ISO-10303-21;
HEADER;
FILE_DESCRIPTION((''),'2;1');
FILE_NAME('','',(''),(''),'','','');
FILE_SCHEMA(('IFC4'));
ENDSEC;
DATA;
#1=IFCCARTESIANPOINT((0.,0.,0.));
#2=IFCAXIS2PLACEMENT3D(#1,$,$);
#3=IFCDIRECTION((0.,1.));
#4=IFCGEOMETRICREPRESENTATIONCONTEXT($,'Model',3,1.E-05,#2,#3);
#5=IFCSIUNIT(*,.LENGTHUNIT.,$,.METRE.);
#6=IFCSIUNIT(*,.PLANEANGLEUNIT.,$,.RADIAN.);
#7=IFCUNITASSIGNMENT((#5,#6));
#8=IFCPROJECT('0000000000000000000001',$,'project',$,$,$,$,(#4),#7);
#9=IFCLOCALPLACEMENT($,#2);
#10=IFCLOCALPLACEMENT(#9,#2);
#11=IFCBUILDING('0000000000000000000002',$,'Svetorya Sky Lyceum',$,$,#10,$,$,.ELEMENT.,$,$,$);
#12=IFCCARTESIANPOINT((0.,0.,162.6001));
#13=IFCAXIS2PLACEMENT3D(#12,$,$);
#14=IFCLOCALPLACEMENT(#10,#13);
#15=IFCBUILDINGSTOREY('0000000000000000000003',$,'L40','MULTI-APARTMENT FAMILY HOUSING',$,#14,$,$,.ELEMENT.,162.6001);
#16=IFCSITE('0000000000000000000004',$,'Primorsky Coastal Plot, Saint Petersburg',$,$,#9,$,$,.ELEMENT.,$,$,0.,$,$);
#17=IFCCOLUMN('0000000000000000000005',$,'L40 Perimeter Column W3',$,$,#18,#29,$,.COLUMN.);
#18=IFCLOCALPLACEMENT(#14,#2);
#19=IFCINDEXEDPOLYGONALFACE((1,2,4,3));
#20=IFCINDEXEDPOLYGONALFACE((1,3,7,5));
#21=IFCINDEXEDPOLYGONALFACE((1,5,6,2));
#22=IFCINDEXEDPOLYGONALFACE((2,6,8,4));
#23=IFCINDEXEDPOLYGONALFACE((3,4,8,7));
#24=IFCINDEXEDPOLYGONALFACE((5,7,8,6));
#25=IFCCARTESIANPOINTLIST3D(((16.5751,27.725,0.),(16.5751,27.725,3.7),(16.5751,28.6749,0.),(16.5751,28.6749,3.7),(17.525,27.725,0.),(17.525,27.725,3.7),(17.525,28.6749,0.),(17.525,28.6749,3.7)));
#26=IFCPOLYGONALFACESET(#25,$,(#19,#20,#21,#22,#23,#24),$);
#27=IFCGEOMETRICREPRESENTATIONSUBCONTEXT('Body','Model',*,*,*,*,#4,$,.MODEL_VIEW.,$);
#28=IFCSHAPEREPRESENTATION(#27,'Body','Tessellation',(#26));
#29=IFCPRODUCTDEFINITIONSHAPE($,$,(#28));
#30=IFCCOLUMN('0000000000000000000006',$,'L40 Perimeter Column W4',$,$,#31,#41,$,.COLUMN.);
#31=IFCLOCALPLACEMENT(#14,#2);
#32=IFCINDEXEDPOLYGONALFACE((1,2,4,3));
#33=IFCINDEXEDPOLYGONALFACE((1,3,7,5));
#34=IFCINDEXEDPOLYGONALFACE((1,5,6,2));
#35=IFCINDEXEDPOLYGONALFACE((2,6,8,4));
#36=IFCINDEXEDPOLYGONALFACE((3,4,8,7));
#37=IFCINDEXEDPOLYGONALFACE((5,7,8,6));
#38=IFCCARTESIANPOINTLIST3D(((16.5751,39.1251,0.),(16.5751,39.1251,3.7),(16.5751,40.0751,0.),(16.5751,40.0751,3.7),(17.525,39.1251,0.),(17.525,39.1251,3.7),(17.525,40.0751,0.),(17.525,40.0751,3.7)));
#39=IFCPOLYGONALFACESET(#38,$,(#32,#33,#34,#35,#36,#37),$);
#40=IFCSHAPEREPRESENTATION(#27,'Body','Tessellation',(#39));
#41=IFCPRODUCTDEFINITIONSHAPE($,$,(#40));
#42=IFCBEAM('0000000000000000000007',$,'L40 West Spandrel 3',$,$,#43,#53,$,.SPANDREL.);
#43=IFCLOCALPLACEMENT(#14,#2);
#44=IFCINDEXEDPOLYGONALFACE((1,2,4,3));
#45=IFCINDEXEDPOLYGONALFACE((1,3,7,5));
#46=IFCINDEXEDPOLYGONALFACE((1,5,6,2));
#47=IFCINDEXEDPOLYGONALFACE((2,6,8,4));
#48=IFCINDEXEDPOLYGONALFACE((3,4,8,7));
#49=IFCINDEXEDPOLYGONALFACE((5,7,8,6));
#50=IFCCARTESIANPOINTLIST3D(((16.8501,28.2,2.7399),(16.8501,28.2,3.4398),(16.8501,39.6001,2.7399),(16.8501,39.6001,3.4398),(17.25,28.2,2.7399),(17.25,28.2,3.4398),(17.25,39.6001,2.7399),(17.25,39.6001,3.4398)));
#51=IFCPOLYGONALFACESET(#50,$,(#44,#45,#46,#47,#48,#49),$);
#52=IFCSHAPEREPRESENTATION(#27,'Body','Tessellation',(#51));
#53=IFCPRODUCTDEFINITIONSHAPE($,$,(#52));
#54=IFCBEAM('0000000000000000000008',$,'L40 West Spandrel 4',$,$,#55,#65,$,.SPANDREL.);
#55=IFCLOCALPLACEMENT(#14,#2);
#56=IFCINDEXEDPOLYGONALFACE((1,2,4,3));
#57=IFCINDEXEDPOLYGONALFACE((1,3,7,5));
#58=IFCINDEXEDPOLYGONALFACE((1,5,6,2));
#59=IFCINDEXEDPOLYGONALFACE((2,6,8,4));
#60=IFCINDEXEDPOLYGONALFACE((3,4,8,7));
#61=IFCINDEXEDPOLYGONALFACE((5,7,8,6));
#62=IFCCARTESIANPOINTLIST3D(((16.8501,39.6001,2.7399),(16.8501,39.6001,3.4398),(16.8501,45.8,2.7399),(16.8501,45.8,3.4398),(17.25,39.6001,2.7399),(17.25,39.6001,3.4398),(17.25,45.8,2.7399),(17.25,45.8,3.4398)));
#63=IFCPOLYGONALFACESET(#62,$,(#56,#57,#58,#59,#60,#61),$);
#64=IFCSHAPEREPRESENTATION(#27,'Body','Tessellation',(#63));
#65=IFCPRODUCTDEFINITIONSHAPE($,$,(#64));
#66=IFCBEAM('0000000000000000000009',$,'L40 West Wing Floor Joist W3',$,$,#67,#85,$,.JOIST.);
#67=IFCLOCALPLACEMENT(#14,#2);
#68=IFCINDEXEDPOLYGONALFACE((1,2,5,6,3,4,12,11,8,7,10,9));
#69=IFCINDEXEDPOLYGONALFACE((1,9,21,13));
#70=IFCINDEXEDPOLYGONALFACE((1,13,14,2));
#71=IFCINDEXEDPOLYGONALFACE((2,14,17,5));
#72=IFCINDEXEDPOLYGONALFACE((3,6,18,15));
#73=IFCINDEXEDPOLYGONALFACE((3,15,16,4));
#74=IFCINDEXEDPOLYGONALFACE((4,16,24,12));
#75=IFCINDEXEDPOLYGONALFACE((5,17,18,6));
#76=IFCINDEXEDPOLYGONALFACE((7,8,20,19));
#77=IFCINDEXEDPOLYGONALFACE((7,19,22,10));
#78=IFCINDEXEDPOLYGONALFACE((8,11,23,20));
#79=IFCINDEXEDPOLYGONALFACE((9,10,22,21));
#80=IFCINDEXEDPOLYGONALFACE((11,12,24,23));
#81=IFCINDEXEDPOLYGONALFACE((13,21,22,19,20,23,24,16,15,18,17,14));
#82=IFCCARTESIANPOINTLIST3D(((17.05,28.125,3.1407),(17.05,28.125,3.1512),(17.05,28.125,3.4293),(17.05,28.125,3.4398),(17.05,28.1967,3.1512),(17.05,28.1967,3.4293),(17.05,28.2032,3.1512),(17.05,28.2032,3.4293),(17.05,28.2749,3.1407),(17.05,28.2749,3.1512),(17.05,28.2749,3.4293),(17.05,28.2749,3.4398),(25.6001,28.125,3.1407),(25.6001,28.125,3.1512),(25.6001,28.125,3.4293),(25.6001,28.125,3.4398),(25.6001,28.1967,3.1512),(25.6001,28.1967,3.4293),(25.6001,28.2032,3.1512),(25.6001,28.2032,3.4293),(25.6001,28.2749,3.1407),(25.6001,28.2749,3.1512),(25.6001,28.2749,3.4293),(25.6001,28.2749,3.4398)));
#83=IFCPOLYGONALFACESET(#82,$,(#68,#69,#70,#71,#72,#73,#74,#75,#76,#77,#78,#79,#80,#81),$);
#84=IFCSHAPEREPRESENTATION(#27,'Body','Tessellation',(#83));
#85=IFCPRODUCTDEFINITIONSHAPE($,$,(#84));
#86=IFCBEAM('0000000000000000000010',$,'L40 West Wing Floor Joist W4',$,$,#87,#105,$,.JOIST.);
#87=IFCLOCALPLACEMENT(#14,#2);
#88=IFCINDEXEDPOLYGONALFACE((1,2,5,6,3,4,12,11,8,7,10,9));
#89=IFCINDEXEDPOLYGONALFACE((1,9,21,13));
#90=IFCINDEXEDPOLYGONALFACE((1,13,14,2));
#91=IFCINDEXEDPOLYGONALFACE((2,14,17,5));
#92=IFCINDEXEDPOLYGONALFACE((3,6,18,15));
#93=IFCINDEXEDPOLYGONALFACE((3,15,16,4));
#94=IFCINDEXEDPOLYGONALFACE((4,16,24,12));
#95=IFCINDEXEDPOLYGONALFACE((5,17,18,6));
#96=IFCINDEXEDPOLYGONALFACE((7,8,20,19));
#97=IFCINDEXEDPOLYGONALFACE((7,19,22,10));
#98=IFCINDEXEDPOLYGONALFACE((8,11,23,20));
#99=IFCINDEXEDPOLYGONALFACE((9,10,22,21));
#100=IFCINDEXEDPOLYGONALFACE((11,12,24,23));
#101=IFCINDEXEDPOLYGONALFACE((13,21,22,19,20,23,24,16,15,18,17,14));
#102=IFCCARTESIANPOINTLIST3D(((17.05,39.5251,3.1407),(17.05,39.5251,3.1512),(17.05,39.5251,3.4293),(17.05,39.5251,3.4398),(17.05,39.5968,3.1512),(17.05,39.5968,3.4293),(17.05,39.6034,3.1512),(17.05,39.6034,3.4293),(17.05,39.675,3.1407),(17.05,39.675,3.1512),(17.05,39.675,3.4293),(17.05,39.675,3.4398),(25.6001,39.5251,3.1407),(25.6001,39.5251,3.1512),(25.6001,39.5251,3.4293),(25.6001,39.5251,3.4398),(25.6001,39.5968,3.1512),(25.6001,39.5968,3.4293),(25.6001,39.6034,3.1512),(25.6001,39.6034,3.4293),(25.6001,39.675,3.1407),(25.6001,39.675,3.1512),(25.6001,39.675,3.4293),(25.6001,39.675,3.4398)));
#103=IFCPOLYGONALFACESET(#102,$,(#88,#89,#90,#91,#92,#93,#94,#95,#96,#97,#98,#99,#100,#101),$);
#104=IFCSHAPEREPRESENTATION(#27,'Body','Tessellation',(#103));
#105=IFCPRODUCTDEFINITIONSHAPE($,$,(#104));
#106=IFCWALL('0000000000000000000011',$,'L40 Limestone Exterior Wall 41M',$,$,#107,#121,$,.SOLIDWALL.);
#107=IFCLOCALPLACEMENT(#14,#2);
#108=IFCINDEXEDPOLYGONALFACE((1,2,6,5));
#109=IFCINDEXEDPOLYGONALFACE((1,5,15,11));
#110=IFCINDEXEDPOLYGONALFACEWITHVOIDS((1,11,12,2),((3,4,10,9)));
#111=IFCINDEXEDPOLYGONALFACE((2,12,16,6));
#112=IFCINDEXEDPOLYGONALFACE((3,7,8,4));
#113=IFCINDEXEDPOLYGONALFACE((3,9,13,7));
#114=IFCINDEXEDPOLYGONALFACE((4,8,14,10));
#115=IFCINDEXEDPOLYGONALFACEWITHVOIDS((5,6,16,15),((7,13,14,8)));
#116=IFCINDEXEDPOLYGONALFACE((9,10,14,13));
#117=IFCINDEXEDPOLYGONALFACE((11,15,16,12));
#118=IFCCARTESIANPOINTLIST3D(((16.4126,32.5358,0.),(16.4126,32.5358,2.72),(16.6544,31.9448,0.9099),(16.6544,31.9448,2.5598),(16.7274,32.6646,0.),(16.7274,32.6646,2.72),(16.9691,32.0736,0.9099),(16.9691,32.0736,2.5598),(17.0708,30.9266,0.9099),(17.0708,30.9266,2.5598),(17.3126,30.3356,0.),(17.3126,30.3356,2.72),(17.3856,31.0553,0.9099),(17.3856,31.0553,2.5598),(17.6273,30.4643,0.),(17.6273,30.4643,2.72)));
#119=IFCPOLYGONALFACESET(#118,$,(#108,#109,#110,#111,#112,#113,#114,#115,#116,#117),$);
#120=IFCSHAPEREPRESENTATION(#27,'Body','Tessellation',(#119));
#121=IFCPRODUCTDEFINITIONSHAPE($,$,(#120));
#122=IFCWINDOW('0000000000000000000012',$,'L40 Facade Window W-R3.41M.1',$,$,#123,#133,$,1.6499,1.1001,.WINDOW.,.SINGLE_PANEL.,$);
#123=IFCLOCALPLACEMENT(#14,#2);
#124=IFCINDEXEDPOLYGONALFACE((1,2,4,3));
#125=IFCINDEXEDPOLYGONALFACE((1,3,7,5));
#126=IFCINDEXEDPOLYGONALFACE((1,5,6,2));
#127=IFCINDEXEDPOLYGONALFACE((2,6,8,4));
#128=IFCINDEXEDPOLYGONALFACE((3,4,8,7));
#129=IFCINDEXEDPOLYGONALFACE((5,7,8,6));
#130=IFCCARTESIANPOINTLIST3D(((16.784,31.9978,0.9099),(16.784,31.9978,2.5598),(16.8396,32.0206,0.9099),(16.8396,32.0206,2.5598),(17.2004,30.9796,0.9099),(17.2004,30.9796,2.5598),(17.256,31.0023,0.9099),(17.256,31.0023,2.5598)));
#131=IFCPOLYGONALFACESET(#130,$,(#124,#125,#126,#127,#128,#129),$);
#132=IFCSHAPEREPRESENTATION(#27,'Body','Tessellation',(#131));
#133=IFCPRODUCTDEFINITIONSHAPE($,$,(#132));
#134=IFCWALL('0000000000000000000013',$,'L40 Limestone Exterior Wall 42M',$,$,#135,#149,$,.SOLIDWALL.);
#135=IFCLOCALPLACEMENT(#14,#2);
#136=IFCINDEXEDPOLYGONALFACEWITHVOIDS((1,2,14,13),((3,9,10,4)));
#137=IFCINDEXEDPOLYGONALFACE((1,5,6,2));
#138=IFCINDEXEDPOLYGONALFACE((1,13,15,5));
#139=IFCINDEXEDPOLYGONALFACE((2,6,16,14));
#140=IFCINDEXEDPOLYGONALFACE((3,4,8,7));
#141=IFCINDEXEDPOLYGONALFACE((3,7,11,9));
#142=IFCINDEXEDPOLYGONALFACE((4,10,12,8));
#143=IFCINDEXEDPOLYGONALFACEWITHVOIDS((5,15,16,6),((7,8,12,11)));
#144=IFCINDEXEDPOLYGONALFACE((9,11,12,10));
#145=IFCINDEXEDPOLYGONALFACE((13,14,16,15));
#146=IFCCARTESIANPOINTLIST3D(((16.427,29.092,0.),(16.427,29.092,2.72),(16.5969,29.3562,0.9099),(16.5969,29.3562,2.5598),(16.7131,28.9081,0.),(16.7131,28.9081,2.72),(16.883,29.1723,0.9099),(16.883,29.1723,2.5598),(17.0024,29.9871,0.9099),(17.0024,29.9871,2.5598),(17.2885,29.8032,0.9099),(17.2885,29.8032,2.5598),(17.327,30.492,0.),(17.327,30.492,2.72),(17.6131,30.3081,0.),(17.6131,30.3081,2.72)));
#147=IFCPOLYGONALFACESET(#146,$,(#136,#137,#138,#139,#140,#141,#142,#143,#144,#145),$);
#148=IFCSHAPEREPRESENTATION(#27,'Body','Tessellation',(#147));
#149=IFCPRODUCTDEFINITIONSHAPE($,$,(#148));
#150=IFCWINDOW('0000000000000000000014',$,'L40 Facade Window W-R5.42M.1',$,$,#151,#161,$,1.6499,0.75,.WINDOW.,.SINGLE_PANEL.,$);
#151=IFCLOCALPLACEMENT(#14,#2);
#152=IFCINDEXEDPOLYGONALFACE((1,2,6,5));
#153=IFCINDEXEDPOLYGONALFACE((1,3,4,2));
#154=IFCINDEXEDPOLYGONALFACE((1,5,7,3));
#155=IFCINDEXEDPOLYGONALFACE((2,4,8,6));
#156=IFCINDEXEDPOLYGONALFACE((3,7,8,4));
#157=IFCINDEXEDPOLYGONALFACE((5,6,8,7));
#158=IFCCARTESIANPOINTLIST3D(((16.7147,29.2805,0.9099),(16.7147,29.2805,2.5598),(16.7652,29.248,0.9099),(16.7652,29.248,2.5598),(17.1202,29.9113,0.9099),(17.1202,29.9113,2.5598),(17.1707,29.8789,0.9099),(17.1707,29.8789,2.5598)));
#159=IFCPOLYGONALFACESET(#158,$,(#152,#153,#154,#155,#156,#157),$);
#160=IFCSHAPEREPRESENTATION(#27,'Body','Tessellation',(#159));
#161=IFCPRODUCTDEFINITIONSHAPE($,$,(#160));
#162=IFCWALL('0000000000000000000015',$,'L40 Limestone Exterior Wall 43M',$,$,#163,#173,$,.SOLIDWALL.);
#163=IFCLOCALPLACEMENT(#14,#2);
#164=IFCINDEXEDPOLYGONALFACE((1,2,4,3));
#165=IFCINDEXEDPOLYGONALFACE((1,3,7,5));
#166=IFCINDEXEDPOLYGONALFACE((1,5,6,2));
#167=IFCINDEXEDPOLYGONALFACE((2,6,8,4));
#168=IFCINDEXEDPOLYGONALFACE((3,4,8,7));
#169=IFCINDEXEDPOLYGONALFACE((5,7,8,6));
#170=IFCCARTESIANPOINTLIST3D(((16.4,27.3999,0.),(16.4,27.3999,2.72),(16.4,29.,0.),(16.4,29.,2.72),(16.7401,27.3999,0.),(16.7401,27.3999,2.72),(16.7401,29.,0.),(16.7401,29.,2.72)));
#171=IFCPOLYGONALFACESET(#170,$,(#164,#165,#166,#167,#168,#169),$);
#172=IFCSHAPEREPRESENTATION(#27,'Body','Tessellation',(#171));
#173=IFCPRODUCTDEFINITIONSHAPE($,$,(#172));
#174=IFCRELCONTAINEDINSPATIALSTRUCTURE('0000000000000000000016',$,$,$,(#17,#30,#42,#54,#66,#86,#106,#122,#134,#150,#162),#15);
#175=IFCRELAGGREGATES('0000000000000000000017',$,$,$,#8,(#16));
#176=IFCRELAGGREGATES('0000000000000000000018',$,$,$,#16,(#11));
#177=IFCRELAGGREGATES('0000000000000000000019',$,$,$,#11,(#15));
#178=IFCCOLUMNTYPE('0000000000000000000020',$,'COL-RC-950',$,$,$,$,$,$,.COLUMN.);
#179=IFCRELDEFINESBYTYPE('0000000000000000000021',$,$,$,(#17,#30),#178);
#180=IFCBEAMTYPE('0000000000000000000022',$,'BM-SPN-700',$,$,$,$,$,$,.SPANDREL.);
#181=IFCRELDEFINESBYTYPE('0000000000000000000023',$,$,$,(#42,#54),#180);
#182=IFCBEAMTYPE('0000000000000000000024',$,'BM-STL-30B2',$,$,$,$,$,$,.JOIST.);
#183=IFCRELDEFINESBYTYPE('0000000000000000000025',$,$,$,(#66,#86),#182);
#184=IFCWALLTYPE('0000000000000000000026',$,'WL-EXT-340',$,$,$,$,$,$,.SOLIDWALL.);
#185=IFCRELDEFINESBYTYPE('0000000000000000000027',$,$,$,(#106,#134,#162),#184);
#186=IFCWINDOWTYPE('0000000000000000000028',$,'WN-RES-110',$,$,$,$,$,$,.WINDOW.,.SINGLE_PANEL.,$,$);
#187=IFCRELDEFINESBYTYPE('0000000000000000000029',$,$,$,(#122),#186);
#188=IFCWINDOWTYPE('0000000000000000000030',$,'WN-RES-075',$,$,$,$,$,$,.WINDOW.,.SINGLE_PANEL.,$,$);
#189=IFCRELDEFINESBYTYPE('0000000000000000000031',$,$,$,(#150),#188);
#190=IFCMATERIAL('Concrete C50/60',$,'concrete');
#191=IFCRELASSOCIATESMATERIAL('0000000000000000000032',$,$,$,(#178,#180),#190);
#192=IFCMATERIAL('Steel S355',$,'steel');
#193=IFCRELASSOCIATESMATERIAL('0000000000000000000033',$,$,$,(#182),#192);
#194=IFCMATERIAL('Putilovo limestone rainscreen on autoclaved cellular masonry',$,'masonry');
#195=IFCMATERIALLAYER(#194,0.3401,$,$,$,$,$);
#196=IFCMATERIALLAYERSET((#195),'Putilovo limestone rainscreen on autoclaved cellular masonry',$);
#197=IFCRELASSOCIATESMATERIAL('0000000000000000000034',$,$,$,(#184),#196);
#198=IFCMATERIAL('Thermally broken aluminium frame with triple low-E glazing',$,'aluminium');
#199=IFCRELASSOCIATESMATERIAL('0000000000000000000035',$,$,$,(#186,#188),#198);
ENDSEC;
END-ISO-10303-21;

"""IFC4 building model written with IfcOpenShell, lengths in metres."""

from ifc_helpers import new_model, si_unit, direction, frame, frame_2d, origin, origin_2d, place, context, subcontext, project, spatial, rectangle, i_section, extrude, material, layer, layer_set, material_profile, profile_set, type_object, element, fill, save


model = new_model("IFC4")

# Units and contexts
model_context = context("Model", 3, precision=1e-05, world=origin(), true_north=direction((0.0, 1.0)))
body_context = subcontext(model_context, "Body", "Model", "MODEL_VIEW")
ifc_project = project(units=[si_unit("LENGTHUNIT", "METRE"), si_unit("PLANEANGLEUNIT", "RADIAN")], contexts=[model_context])

# Site, building, storey
site_placement = place(None, origin())
site = spatial("IfcSite", under=ifc_project, at=site_placement, Name="Primorsky Coastal Plot, Saint Petersburg", CompositionType="ELEMENT", RefElevation=0.0)
building_placement = place(site_placement, origin())
building = spatial("IfcBuilding", under=site, at=building_placement, Name="Svetorya Sky Lyceum", CompositionType="ELEMENT")
storey_placement = place(building_placement, frame((0.0, 0.0, 162.6001)))
storey = spatial("IfcBuildingStorey", under=building, at=storey_placement, Name="L40", Description="MULTI-APARTMENT FAMILY HOUSING", CompositionType="ELEMENT", Elevation=162.6001)

# Columns
ifc_material_1 = material(Name="Concrete C50/60", Category="concrete")
ifc_material_profile_1 = material_profile(ifc_material_1, rectangle(XDim=0.95, YDim=0.95, at=origin_2d()), Name="RC COL 950x950")
ifc_profile_set_1 = profile_set([ifc_material_profile_1], Name="Concrete C50/60")
column_type = type_object("IfcColumnType", Name="COL-RC-950", PredefinedType="COLUMN", material=ifc_profile_set_1)
for number, where, z_axis, x_axis, name in (
    (1, (17.05, 28.2, 0.0), (0.0, 0.0, 1.0), (1.0, 0.0, 0.0), "L40 Perimeter Column W3"),
    (2, (17.05, 39.6001, 0.0), (0.0, 0.0, 1.0), (1.0, 0.0, 0.0), "L40 Perimeter Column W4"),
):
    element("IfcColumn", number, at=place(storey_placement, frame(where, z_axis=z_axis, x_axis=x_axis)), inside=storey, type_object=column_type, Name=name, PredefinedType="COLUMN", context=body_context, shape_type="SweptSolid", body=[
        extrude(rectangle(XDim=0.95, YDim=0.95, at=origin_2d()), origin(), (0.0, 0.0, 1.0), 3.7),
    ])

# Beams
ifc_material_profile_2 = material_profile(ifc_material_1, rectangle(XDim=0.3999, YDim=0.7, at=origin_2d()), Name="RC SPANDREL 400x700")
ifc_profile_set_2 = profile_set([ifc_material_profile_2], Name="Concrete C50/60")
beam_type_1 = type_object("IfcBeamType", Name="BM-SPN-700", PredefinedType="SPANDREL", material=ifc_profile_set_2)
beam_1_placement = place(storey_placement, frame((17.05, 28.2, 3.0898), z_axis=(0.0, 1.0, 0.0), x_axis=(-1.0, 0.0, 0.0)))
element("IfcBeam", 3, at=beam_1_placement, inside=storey, type_object=beam_type_1, Name="L40 West Spandrel 3", PredefinedType="SPANDREL", context=body_context, shape_type="SweptSolid", body=[
    extrude(rectangle(XDim=0.3999, YDim=0.7, at=origin_2d()), origin(), (0.0, 0.0, 1.0), 11.4001),
])
beam_2_placement = place(storey_placement, frame((17.05, 39.6001, 3.0898), z_axis=(0.0, 1.0, 0.0), x_axis=(-1.0, 0.0, 0.0)))
element("IfcBeam", 4, at=beam_2_placement, inside=storey, type_object=beam_type_1, Name="L40 West Spandrel 4", PredefinedType="SPANDREL", context=body_context, shape_type="SweptSolid", body=[
    extrude(rectangle(XDim=0.3999, YDim=0.7, at=origin_2d()), origin(), (0.0, 0.0, 1.0), 6.2),
])
ifc_material_2 = material(Name="Steel S355", Category="steel")
ifc_material_profile_3 = material_profile(ifc_material_2, i_section(OverallWidth=0.1499, OverallDepth=0.2991, WebThickness=0.0066, FlangeThickness=0.0105, at=origin_2d()), Name="GOST 30B2")
ifc_profile_set_3 = profile_set([ifc_material_profile_3], Name="Steel S355")
beam_type_2 = type_object("IfcBeamType", Name="BM-STL-30B2", PredefinedType="JOIST", material=ifc_profile_set_3)
for number, where, z_axis, x_axis, name in (
    (5, (17.05, 28.2, 3.2903), (1.0, 0.0, 0.0), (0.0, 1.0, 0.0), "L40 West Wing Floor Joist W3"),
    (6, (17.05, 39.6001, 3.2903), (1.0, 0.0, 0.0), (0.0, 1.0, 0.0), "L40 West Wing Floor Joist W4"),
):
    element("IfcBeam", number, at=place(storey_placement, frame(where, z_axis=z_axis, x_axis=x_axis)), inside=storey, type_object=beam_type_2, Name=name, PredefinedType="JOIST", context=body_context, shape_type="SweptSolid", body=[
        extrude(i_section(OverallWidth=0.1499, OverallDepth=0.2991, WebThickness=0.0066, FlangeThickness=0.0105, at=origin_2d()), origin(), (0.0, 0.0, 1.0), 8.55),
    ])

# Walls, openings, windows
ifc_material_3 = material(Name="Putilovo limestone rainscreen on autoclaved cellular masonry", Category="masonry")
ifc_layer_1 = layer(ifc_material_3, 0.3401)
ifc_layer_set_1 = layer_set([ifc_layer_1], Name="Putilovo limestone rainscreen on autoclaved cellular masonry")
wall_type_1 = type_object("IfcWallType", Name="WL-EXT-340", PredefinedType="SOLIDWALL", material=ifc_layer_set_1)
wall_1_placement = place(storey_placement, frame((16.5701, 32.6001, 0.0), z_axis=(0.0, 0.0, 1.0), x_axis=(0.378569, -0.925573, 0.0)))
wall_1 = element("IfcWall", 7, at=wall_1_placement, inside=storey, type_object=wall_type_1, Name="L40 Limestone Exterior Wall 41M", PredefinedType="SOLIDWALL", context=body_context, shape_type="SweptSolid", body=[
    extrude(rectangle(XDim=2.3772, YDim=0.3401, at=frame_2d((1.1885, 0.0))), origin(), (0.0, 0.0, 1.0), 2.72),
])
opening_1_placement = place(wall_1_placement, frame((0.6384, 0.0, 0.9099)))
opening_1 = element("IfcOpeningElement", 8, at=opening_1_placement, cuts=wall_1, PredefinedType="OPENING", context=body_context, shape_type="SweptSolid", body=[
    extrude(rectangle(XDim=1.1001, YDim=1.6499, at=frame_2d((0.55, 0.825))), frame((0.0, 0.1799, 0.0), z_axis=(0.0, -1.0, 0.0), x_axis=(1.0, 0.0, 0.0)), (0.0, 0.0, 1.0), 0.3601),
])
ifc_material_4 = material(Name="Thermally broken aluminium frame with triple low-E glazing", Category="aluminium")
window_type_1 = type_object("IfcWindowType", Name="WN-RES-110", PartitioningType="SINGLE_PANEL", PredefinedType="WINDOW", material=ifc_material_4)
window_1_placement = place(opening_1_placement, origin())
window_1 = element("IfcWindow", 9, at=window_1_placement, inside=storey, type_object=window_type_1, Name="L40 Facade Window W-R3.41M.1", OverallHeight=1.6499, OverallWidth=1.1001, PartitioningType="SINGLE_PANEL", PredefinedType="WINDOW", context=body_context, shape_type="SweptSolid", body=[
    extrude(rectangle(XDim=1.1001, YDim=1.6499, at=frame_2d((0.55, 0.825))), frame((0.0, 0.03, 0.0), z_axis=(0.0, -1.0, 0.0), x_axis=(1.0, 0.0, 0.0)), (0.0, 0.0, 1.0), 0.0601),
])
fill(opening_1, window_1)
wall_2_placement = place(storey_placement, frame((17.47, 30.3999, 0.0), z_axis=(0.0, 0.0, 1.0), x_axis=(-0.540743, -0.841188, 0.0)))
wall_2 = element("IfcWall", 10, at=wall_2_placement, inside=storey, type_object=wall_type_1, Name="L40 Limestone Exterior Wall 42M", PredefinedType="SOLIDWALL", context=body_context, shape_type="SweptSolid", body=[
    extrude(rectangle(XDim=1.6643, YDim=0.3401, at=frame_2d((0.832, 0.0))), origin(), (0.0, 0.0, 1.0), 2.72),
])
opening_2_placement = place(wall_2_placement, frame((0.6001, 0.0, 0.9099)))
opening_2 = element("IfcOpeningElement", 11, at=opening_2_placement, cuts=wall_2, PredefinedType="OPENING", context=body_context, shape_type="SweptSolid", body=[
    extrude(rectangle(XDim=0.75, YDim=1.6499, at=frame_2d((0.375, 0.825))), frame((0.0, 0.1799, 0.0), z_axis=(0.0, -1.0, 0.0), x_axis=(1.0, 0.0, 0.0)), (0.0, 0.0, 1.0), 0.3601),
])
window_type_2 = type_object("IfcWindowType", Name="WN-RES-075", PartitioningType="SINGLE_PANEL", PredefinedType="WINDOW", material=ifc_material_4)
window_2_placement = place(opening_2_placement, origin())
window_2 = element("IfcWindow", 12, at=window_2_placement, inside=storey, type_object=window_type_2, Name="L40 Facade Window W-R5.42M.1", OverallHeight=1.6499, OverallWidth=0.75, PartitioningType="SINGLE_PANEL", PredefinedType="WINDOW", context=body_context, shape_type="SweptSolid", body=[
    extrude(rectangle(XDim=0.75, YDim=1.6499, at=frame_2d((0.375, 0.825))), frame((0.0, 0.03, 0.0), z_axis=(0.0, -1.0, 0.0), x_axis=(1.0, 0.0, 0.0)), (0.0, 0.0, 1.0), 0.0601),
])
fill(opening_2, window_2)

# Wall
wall_3_placement = place(storey_placement, frame((16.5701, 29.0, 0.0), z_axis=(0.0, 0.0, 1.0), x_axis=(0.0, -1.0, 0.0)))
element("IfcWall", 13, at=wall_3_placement, inside=storey, type_object=wall_type_1, Name="L40 Limestone Exterior Wall 43M", PredefinedType="SOLIDWALL", context=body_context, shape_type="SweptSolid", body=[
    extrude(rectangle(XDim=1.6001, YDim=0.3401, at=frame_2d((0.8, 0.0))), origin(), (0.0, 0.0, 1.0), 2.72),
])

save(model, "model.ifc")
